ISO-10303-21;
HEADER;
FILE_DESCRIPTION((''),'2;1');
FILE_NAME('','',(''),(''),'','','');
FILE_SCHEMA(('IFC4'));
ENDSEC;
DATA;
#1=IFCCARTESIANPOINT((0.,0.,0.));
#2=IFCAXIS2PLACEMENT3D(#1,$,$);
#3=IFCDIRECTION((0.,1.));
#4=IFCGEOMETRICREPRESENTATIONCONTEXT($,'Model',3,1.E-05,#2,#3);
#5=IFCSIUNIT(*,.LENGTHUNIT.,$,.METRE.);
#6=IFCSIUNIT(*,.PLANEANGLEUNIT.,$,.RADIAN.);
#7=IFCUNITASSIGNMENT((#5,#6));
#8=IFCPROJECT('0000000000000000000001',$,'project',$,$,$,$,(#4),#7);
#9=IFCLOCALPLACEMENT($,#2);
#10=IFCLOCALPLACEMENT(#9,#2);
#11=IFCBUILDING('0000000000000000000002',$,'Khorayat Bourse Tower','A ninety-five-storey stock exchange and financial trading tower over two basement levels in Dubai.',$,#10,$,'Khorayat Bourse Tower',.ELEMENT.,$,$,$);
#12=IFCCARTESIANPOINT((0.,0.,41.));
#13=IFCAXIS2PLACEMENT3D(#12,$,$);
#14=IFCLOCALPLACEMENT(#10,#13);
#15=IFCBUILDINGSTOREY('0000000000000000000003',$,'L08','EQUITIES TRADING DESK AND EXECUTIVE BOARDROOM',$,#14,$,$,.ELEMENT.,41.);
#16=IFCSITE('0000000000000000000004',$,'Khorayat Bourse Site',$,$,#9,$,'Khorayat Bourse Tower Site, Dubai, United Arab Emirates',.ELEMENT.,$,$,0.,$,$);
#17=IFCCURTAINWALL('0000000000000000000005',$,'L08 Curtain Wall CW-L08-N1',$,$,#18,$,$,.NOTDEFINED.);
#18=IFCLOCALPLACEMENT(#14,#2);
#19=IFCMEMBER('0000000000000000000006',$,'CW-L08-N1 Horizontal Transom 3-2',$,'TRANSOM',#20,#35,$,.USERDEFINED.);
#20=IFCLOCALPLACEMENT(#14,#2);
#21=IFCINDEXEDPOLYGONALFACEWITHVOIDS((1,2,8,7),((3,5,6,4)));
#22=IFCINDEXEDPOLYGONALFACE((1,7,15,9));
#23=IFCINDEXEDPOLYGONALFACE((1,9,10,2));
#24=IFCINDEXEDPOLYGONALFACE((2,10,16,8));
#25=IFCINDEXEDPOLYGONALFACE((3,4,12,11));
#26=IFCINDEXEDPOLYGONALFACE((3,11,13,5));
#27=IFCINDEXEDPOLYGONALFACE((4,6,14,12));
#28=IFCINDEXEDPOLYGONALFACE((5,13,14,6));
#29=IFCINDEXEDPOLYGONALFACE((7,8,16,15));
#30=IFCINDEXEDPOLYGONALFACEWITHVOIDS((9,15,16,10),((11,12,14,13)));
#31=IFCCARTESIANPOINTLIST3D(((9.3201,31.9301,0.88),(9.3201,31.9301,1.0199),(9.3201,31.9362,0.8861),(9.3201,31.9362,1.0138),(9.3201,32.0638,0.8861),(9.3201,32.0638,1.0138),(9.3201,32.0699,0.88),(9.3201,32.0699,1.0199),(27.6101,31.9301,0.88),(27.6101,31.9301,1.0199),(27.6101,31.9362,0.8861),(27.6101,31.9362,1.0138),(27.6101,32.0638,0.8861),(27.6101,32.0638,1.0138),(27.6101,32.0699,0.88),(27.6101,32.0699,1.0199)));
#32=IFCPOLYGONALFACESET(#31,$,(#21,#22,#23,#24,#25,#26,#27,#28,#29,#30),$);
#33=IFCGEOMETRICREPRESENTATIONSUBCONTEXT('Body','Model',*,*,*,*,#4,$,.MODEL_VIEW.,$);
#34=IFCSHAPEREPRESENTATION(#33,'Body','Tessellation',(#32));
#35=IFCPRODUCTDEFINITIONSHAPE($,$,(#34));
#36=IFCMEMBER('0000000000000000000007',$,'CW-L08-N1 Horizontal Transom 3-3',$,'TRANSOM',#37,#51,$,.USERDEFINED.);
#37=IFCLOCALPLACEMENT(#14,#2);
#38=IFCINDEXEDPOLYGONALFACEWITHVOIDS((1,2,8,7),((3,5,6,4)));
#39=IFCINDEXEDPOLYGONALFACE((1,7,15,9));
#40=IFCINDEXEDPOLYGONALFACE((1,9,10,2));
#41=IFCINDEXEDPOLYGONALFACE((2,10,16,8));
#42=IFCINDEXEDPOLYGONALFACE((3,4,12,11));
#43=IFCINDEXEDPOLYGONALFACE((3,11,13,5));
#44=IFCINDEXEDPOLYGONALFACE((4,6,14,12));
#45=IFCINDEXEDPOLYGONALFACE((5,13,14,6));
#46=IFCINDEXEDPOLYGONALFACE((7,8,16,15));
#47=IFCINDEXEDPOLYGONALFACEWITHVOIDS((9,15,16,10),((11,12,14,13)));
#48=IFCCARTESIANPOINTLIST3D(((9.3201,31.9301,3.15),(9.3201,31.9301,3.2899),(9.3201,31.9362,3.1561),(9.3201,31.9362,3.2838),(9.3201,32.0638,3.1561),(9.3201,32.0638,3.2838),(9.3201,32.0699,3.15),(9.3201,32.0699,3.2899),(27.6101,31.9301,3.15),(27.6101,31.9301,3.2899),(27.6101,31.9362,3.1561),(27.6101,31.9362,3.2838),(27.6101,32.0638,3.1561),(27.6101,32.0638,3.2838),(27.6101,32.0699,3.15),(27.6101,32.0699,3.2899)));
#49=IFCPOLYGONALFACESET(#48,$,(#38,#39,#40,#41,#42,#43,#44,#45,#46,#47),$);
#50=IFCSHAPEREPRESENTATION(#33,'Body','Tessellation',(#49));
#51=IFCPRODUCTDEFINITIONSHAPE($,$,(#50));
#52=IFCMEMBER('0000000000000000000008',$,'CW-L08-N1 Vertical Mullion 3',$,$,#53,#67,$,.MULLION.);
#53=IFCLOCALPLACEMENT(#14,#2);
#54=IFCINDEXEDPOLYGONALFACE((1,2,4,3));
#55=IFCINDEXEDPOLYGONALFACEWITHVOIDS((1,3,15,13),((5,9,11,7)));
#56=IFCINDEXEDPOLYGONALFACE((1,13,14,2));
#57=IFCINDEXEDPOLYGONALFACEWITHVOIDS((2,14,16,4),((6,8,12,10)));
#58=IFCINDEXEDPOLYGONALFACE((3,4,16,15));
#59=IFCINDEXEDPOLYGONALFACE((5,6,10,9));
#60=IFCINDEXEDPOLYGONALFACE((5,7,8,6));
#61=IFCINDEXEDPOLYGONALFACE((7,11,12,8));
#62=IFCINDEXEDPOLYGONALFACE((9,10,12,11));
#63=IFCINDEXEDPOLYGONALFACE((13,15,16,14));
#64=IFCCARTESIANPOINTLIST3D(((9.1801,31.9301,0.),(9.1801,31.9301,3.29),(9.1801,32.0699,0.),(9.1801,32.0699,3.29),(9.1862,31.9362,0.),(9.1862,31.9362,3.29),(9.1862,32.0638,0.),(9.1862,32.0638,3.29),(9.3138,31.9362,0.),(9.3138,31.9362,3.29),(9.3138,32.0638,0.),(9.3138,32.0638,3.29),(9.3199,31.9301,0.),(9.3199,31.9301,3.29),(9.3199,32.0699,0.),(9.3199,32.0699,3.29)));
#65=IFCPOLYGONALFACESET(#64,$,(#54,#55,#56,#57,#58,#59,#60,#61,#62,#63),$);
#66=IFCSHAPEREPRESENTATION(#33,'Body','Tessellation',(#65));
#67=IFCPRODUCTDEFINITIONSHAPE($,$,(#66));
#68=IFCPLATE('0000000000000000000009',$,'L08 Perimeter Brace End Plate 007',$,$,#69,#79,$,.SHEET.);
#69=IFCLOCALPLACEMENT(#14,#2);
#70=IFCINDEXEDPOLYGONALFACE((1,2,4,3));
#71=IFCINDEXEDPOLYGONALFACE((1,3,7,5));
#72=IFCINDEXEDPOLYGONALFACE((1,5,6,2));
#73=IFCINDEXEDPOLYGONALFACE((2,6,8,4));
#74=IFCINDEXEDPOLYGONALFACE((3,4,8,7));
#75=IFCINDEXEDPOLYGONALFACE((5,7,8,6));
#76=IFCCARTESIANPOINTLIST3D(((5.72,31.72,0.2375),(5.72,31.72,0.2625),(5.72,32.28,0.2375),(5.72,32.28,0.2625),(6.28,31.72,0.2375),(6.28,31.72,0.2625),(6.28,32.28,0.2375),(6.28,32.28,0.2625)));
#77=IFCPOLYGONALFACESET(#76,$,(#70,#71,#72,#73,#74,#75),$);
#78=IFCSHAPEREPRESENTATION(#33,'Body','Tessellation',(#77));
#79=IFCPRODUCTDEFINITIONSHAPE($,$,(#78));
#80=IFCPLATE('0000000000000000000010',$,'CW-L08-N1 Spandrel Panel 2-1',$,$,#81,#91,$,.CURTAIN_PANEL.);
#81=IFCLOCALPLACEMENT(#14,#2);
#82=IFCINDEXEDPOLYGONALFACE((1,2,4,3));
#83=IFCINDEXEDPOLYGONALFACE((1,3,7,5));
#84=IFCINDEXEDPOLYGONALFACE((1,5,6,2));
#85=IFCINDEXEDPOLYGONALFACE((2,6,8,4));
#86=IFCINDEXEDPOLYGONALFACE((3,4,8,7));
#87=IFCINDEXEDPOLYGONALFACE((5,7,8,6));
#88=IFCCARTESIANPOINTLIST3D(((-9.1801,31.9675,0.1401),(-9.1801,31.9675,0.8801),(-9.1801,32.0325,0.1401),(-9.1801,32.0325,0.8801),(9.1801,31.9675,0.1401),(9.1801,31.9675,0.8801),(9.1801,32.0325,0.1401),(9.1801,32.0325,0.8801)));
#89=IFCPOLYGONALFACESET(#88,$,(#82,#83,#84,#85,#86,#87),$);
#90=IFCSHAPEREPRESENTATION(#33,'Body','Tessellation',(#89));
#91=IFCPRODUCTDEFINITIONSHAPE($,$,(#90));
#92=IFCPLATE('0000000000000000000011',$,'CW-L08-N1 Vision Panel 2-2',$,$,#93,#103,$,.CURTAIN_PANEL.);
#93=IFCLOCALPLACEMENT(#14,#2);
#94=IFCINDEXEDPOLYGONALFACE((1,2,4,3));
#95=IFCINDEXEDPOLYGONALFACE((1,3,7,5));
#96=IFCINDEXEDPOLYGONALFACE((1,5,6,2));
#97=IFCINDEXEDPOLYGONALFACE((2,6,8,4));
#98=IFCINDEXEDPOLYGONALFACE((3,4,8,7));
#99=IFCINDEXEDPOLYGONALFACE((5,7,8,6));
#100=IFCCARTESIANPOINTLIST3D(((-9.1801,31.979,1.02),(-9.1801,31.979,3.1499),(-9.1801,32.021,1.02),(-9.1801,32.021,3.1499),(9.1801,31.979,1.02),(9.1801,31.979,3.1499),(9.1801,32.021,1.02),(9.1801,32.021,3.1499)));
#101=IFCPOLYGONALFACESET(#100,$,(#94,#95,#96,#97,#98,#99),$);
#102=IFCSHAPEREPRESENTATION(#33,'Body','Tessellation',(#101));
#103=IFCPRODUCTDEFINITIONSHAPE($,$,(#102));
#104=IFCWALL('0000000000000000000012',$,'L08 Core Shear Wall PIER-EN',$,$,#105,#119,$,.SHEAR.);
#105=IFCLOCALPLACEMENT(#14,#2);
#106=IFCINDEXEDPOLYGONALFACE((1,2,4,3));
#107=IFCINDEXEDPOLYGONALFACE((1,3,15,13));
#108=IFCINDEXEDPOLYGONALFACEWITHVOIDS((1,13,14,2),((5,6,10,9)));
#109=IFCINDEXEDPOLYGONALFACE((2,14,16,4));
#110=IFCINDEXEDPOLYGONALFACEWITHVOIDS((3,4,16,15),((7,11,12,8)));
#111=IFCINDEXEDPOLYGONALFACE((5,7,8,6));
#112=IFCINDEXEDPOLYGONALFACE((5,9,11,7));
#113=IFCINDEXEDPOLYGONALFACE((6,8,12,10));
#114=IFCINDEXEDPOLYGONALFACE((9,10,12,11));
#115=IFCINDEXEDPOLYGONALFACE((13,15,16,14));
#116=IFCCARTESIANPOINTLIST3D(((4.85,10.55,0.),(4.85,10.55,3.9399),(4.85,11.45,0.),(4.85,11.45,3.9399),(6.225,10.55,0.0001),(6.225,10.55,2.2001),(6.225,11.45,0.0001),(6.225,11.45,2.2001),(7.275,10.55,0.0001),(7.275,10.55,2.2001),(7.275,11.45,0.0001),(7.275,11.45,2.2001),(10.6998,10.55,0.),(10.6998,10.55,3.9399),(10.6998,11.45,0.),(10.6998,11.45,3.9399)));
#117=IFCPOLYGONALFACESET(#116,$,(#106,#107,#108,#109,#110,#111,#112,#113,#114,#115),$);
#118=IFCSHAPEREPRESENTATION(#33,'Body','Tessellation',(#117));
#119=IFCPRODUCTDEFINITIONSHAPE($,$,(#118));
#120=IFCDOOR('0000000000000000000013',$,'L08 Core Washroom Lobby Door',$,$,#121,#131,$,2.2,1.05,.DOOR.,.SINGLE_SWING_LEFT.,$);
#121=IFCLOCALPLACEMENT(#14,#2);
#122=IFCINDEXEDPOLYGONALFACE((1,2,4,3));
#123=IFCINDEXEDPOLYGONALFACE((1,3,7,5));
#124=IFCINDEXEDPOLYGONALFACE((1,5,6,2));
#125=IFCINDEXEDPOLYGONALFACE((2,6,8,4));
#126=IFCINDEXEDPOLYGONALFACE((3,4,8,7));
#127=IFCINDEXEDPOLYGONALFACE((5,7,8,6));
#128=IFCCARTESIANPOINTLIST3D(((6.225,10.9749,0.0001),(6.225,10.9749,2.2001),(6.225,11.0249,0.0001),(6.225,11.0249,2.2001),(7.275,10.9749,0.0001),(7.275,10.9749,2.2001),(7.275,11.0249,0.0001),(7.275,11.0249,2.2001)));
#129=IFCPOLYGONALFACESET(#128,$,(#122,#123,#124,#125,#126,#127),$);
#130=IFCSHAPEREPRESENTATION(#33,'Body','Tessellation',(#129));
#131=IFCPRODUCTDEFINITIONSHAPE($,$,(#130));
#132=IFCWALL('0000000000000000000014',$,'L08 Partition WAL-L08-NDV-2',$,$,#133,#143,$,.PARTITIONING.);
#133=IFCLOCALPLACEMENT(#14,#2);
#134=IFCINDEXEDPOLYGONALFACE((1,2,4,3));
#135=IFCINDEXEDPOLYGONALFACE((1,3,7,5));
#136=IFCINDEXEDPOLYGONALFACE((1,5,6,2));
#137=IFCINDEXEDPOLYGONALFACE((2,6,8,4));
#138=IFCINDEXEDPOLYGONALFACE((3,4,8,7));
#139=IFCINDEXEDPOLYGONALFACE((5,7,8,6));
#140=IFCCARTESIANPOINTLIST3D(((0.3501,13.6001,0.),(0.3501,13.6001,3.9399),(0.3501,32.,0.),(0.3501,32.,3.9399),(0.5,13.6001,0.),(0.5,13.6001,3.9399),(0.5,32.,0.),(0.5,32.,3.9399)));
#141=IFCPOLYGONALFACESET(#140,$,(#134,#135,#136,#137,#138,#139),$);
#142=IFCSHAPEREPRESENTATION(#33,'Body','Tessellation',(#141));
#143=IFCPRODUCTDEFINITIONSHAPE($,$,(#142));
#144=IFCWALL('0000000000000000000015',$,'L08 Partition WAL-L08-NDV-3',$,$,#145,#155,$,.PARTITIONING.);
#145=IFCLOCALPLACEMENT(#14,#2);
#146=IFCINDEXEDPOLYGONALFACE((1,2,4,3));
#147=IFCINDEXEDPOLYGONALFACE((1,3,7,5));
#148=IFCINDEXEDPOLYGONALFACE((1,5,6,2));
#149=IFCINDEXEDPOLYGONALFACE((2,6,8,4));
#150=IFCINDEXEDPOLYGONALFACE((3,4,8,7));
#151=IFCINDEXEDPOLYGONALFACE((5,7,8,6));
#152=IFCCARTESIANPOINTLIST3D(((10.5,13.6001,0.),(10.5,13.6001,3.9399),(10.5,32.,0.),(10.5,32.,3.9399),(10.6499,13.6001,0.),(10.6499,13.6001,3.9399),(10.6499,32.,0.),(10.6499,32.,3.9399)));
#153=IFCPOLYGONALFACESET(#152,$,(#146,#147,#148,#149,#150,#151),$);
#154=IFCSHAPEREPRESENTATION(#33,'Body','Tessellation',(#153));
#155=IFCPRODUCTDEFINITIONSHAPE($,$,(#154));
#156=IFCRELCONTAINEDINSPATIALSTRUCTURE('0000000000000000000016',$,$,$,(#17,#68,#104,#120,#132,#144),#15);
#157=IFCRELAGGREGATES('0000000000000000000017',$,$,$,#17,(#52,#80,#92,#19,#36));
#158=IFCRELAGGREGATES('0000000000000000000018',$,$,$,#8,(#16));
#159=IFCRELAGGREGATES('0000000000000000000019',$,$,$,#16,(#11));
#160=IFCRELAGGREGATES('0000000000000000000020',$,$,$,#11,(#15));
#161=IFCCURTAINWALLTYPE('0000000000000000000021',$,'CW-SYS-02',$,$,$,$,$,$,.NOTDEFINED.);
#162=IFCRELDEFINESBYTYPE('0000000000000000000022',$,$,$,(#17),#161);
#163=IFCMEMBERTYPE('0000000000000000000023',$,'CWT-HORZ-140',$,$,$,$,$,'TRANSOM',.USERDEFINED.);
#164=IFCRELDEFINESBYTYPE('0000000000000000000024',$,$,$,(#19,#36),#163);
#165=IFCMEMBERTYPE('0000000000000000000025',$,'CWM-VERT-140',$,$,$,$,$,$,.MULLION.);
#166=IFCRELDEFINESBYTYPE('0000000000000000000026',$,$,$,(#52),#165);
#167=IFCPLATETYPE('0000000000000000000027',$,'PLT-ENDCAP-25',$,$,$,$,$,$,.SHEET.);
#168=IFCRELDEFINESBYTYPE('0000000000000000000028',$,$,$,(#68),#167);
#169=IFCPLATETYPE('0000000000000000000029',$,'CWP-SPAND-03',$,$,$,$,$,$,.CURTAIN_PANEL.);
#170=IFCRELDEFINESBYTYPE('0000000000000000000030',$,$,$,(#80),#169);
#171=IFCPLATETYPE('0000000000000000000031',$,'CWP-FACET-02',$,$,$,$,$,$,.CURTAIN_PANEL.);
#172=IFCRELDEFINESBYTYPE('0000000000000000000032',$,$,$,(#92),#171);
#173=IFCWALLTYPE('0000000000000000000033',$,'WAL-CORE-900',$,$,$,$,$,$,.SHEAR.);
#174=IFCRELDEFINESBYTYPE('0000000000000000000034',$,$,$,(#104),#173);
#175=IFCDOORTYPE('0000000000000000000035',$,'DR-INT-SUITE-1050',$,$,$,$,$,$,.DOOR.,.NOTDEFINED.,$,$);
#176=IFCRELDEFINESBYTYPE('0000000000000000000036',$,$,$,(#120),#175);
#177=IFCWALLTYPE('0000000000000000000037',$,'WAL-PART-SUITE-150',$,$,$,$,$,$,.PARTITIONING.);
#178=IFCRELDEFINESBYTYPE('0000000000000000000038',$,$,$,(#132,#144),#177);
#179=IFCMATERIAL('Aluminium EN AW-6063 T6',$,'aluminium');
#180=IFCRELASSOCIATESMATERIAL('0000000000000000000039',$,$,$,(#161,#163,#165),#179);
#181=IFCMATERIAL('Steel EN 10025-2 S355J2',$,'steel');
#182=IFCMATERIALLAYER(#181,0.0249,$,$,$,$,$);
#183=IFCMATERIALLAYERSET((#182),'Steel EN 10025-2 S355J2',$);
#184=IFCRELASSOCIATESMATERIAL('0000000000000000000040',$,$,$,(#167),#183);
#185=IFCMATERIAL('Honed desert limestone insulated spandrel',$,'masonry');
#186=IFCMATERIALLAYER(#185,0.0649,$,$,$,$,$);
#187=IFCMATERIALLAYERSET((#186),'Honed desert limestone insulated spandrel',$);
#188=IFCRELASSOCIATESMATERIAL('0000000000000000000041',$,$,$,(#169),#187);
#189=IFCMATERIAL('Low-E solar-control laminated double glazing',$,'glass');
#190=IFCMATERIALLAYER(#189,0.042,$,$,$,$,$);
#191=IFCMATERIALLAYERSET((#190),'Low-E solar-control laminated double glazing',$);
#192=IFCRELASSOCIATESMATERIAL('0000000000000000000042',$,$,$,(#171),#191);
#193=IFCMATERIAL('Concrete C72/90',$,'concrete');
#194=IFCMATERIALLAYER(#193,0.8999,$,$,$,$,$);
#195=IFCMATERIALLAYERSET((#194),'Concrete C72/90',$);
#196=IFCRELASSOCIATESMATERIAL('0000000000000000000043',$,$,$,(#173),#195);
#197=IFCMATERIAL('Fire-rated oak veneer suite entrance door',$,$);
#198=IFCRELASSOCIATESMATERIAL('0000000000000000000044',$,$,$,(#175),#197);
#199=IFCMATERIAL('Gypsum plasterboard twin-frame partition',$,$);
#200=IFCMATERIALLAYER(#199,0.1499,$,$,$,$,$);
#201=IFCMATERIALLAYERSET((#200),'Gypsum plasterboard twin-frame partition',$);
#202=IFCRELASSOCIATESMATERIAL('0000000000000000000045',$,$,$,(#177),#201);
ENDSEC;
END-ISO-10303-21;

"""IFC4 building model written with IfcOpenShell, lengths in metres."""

from ifc_helpers import new_model, si_unit, direction, frame, frame_2d, origin, origin_2d, place, context, subcontext, project, spatial, rectangle, hollow_rectangle, extrude, source, transform, mapped, material, layer, layer_set, material_profile, profile_set, type_object, element, fill, aggregate, save


model = new_model("IFC4")

# Units and contexts
model_context = context("Model", 3, precision=1e-05, world=origin(), true_north=direction((0.0, 1.0)))
body_context = subcontext(model_context, "Body", "Model", "MODEL_VIEW")
ifc_project = project(units=[si_unit("LENGTHUNIT", "METRE"), si_unit("PLANEANGLEUNIT", "RADIAN")], contexts=[model_context])

# Site, building, storey
site_placement = place(None, origin())
site = spatial("IfcSite", under=ifc_project, at=site_placement, Name="Khorayat Bourse Site", LongName="Khorayat Bourse Tower Site, Dubai, United Arab Emirates", CompositionType="ELEMENT", RefElevation=0.0)
building_placement = place(site_placement, origin())
building = spatial("IfcBuilding", under=site, at=building_placement, Name="Khorayat Bourse Tower", Description="A ninety-five-storey stock exchange and financial trading tower over two basement levels in Dubai.", LongName="Khorayat Bourse Tower", CompositionType="ELEMENT")
storey_placement = place(building_placement, frame((0.0, 0.0, 41.0)))
storey = spatial("IfcBuildingStorey", under=building, at=storey_placement, Name="L08", Description="EQUITIES TRADING DESK AND EXECUTIVE BOARDROOM", CompositionType="ELEMENT", Elevation=41.0)

# Shared definitions
ifc_material_1 = material(Name="Concrete C72/90", Category="concrete")

# Curtain wall, members
ifc_material_2 = material(Name="Aluminium EN AW-6063 T6", Category="aluminium")
curtain_wall_type = type_object("IfcCurtainWallType", Name="CW-SYS-02", PredefinedType="NOTDEFINED", material=ifc_material_2)
curtain_wall_placement = place(storey_placement, origin())
curtain_wall = element("IfcCurtainWall", 1, at=curtain_wall_placement, inside=storey, type_object=curtain_wall_type, Name="L08 Curtain Wall CW-L08-N1", PredefinedType="NOTDEFINED")
ifc_material_profile_1 = material_profile(ifc_material_2, hollow_rectangle(XDim=0.1399, YDim=0.1399, WallThickness=0.0061, at=origin_2d()), Name="ALU 140x140x6")
ifc_profile_set_1 = profile_set([ifc_material_profile_1], Name="Aluminium EN AW-6063 T6")
member_type_1 = type_object("IfcMemberType", Name="CWT-HORZ-140", ElementType="TRANSOM", PredefinedType="USERDEFINED", material=ifc_profile_set_1)
shared_shape_1 = source(origin(), body_context, "Body", "SweptSolid", [
    extrude(hollow_rectangle(XDim=0.1399, YDim=0.1399, WallThickness=0.0061, at=origin_2d()), origin(), (0.0, 0.0, 1.0), 18.29),
])
member_1_placement = place(storey_placement, frame((9.3201, 32.0, 0.95), z_axis=(1.0, 0.0, 0.0), x_axis=(0.0, 1.0, 0.0)))
member_1 = element("IfcMember", 2, at=member_1_placement, type_object=member_type_1, Name="CW-L08-N1 Horizontal Transom 3-2", ObjectType="TRANSOM", PredefinedType="USERDEFINED", context=body_context, shape_type="MappedRepresentation", body=[
    mapped(shared_shape_1, transform((0.0, 0.0, 0.0), scale=1.0)),
])
member_2_placement = place(storey_placement, frame((9.3201, 32.0, 3.22), z_axis=(1.0, 0.0, 0.0), x_axis=(0.0, 1.0, 0.0)))
member_2 = element("IfcMember", 3, at=member_2_placement, type_object=member_type_1, Name="CW-L08-N1 Horizontal Transom 3-3", ObjectType="TRANSOM", PredefinedType="USERDEFINED", context=body_context, shape_type="MappedRepresentation", body=[
    mapped(shared_shape_1, transform((0.0, 0.0, 0.0), scale=1.0)),
])
ifc_material_profile_2 = material_profile(ifc_material_2, hollow_rectangle(XDim=0.1399, YDim=0.1399, WallThickness=0.0061, at=origin_2d()), Name="ALU 140x140x6")
ifc_profile_set_2 = profile_set([ifc_material_profile_2], Name="Aluminium EN AW-6063 T6")
member_type_2 = type_object("IfcMemberType", Name="CWM-VERT-140", PredefinedType="MULLION", material=ifc_profile_set_2)
shared_shape_2 = source(origin(), body_context, "Body", "SweptSolid", [
    extrude(hollow_rectangle(XDim=0.1399, YDim=0.1399, WallThickness=0.0061, at=origin_2d()), origin(), (0.0, 0.0, 1.0), 3.29),
])
member_3_placement = place(storey_placement, frame((9.25, 32.0, 0.0), z_axis=(0.0, 0.0, 1.0), x_axis=(0.0, 1.0, 0.0)))
member_3 = element("IfcMember", 4, at=member_3_placement, type_object=member_type_2, Name="CW-L08-N1 Vertical Mullion 3", PredefinedType="MULLION", context=body_context, shape_type="MappedRepresentation", body=[
    mapped(shared_shape_2, transform((0.0, 0.0, 0.0), scale=1.0)),
])

# Plates
ifc_material_3 = material(Name="Steel EN 10025-2 S355J2", Category="steel")
ifc_layer_1 = layer(ifc_material_3, 0.0249)
ifc_layer_set_1 = layer_set([ifc_layer_1], Name="Steel EN 10025-2 S355J2")
plate_type_1 = type_object("IfcPlateType", Name="PLT-ENDCAP-25", PredefinedType="SHEET", material=ifc_layer_set_1)
shared_shape_3 = source(origin(), body_context, "Body", "SweptSolid", [
    extrude(rectangle(XDim=0.5601, YDim=0.5601, at=origin_2d()), origin(), (0.0, 0.0, 1.0), 0.0249),
])
plate_1_placement = place(storey_placement, frame((6.0, 32.0, 0.2375), z_axis=(0.0, 0.0, 1.0), x_axis=(1.0, 0.0, 0.0)))
element("IfcPlate", 5, at=plate_1_placement, inside=storey, type_object=plate_type_1, Name="L08 Perimeter Brace End Plate 007", PredefinedType="SHEET", context=body_context, shape_type="MappedRepresentation", body=[
    mapped(shared_shape_3, transform((0.0, 0.0, 0.0), scale=1.0)),
])
ifc_material_4 = material(Name="Honed desert limestone insulated spandrel", Category="masonry")
ifc_layer_2 = layer(ifc_material_4, 0.0649)
ifc_layer_set_2 = layer_set([ifc_layer_2], Name="Honed desert limestone insulated spandrel")
plate_type_2 = type_object("IfcPlateType", Name="CWP-SPAND-03", PredefinedType="CURTAIN_PANEL", material=ifc_layer_set_2)
shared_shape_4 = source(origin(), body_context, "Body", "SweptSolid", [
    extrude(rectangle(XDim=18.3601, YDim=0.0649, at=origin_2d()), origin(), (0.0, 0.0, 1.0), 0.74),
])
plate_2_placement = place(storey_placement, frame((0.0, 32.0, 0.1401), z_axis=(0.0, 0.0, 1.0), x_axis=(1.0, 0.0, 0.0)))
plate_2 = element("IfcPlate", 6, at=plate_2_placement, type_object=plate_type_2, Name="CW-L08-N1 Spandrel Panel 2-1", PredefinedType="CURTAIN_PANEL", context=body_context, shape_type="MappedRepresentation", body=[
    mapped(shared_shape_4, transform((0.0, 0.0, 0.0), scale=1.0)),
])
ifc_material_5 = material(Name="Low-E solar-control laminated double glazing", Category="glass")
ifc_layer_3 = layer(ifc_material_5, 0.042)
ifc_layer_set_3 = layer_set([ifc_layer_3], Name="Low-E solar-control laminated double glazing")
plate_type_3 = type_object("IfcPlateType", Name="CWP-FACET-02", PredefinedType="CURTAIN_PANEL", material=ifc_layer_set_3)
shared_shape_5 = source(origin(), body_context, "Body", "SweptSolid", [
    extrude(rectangle(XDim=18.3601, YDim=0.042, at=origin_2d()), origin(), (0.0, 0.0, 1.0), 2.1299),
])
plate_3_placement = place(storey_placement, frame((0.0, 32.0, 1.02), z_axis=(0.0, 0.0, 1.0), x_axis=(1.0, 0.0, 0.0)))
plate_3 = element("IfcPlate", 7, at=plate_3_placement, type_object=plate_type_3, Name="CW-L08-N1 Vision Panel 2-2", PredefinedType="CURTAIN_PANEL", context=body_context, shape_type="MappedRepresentation", body=[
    mapped(shared_shape_5, transform((0.0, 0.0, 0.0), scale=1.0)),
])
aggregate(curtain_wall, [member_3, plate_2, plate_3, member_1, member_2])

# Wall, opening, door
ifc_layer_4 = layer(ifc_material_1, 0.8999)
ifc_layer_set_4 = layer_set([ifc_layer_4], Name="Concrete C72/90")
wall_type_1 = type_object("IfcWallType", Name="WAL-CORE-900", PredefinedType="SHEAR", material=ifc_layer_set_4)
shared_shape_6 = source(origin(), body_context, "Body", "SweptSolid", [
    extrude(rectangle(XDim=5.8499, YDim=0.8999, at=frame_2d((2.9248, 0.0))), origin(), (0.0, 0.0, 1.0), 3.9399),
])
wall_1_placement = place(storey_placement, frame((4.8501, 11.0, 0.0), z_axis=(0.0, 0.0, 1.0), x_axis=(1.0, 0.0, 0.0)))
wall_1 = element("IfcWall", 8, at=wall_1_placement, inside=storey, type_object=wall_type_1, Name="L08 Core Shear Wall PIER-EN", PredefinedType="SHEAR", context=body_context, shape_type="MappedRepresentation", body=[
    mapped(shared_shape_6, transform((0.0, 0.0, 0.0), scale=1.0)),
])
shared_shape_7 = source(origin(), body_context, "Body", "SweptSolid", [
    extrude(rectangle(XDim=1.05, YDim=2.2, at=frame_2d((0.5249, 1.1001))), frame((0.0, 0.46, 0.0), z_axis=(0.0, -1.0, 0.0), x_axis=(1.0, 0.0, 0.0)), (0.0, 0.0, 1.0), 0.9199),
])
opening_1_placement = place(wall_1_placement, frame((1.375, 0.0, 0.0)))
opening_1 = element("IfcOpeningElement", 9, at=opening_1_placement, cuts=wall_1, PredefinedType="OPENING", context=body_context, shape_type="MappedRepresentation", body=[
    mapped(shared_shape_7, transform((0.0, 0.0, 0.0), scale=1.0)),
])
ifc_material_6 = material(Name="Fire-rated oak veneer suite entrance door")
door_type_1 = type_object("IfcDoorType", Name="DR-INT-SUITE-1050", OperationType="NOTDEFINED", PredefinedType="DOOR", material=ifc_material_6)
shared_shape_8 = source(origin(), body_context, "Body", "SweptSolid", [
    extrude(rectangle(XDim=1.05, YDim=2.2, at=frame_2d((0.5249, 1.1001))), frame((0.0, 0.0249, 0.0), z_axis=(0.0, -1.0, 0.0), x_axis=(1.0, 0.0, 0.0)), (0.0, 0.0, 1.0), 0.05),
])
door_1_placement = place(opening_1_placement, origin())
door_1 = element("IfcDoor", 10, at=door_1_placement, inside=storey, type_object=door_type_1, Name="L08 Core Washroom Lobby Door", OperationType="SINGLE_SWING_LEFT", OverallHeight=2.2, OverallWidth=1.05, PredefinedType="DOOR", context=body_context, shape_type="MappedRepresentation", body=[
    mapped(shared_shape_8, transform((0.0, 0.0, 0.0), scale=1.0)),
])
fill(opening_1, door_1)

# Walls
ifc_material_7 = material(Name="Gypsum plasterboard twin-frame partition")
ifc_layer_5 = layer(ifc_material_7, 0.1499)
ifc_layer_set_5 = layer_set([ifc_layer_5], Name="Gypsum plasterboard twin-frame partition")
wall_type_2 = type_object("IfcWallType", Name="WAL-PART-SUITE-150", PredefinedType="PARTITIONING", material=ifc_layer_set_5)
shared_shape_9 = source(origin(), body_context, "Body", "SweptSolid", [
    extrude(rectangle(XDim=18.3999, YDim=0.1499, at=frame_2d((9.2, 0.0))), origin(), (0.0, 0.0, 1.0), 3.9399),
])
for number, where, z_axis, x_axis, name in (
    (11, (0.425, 13.6001, 0.0), (0.0, 0.0, 1.0), (0.0, 1.0, 0.0), "L08 Partition WAL-L08-NDV-2"),
    (12, (10.575, 13.6001, 0.0), (0.0, 0.0, 1.0), (0.0, 1.0, 0.0), "L08 Partition WAL-L08-NDV-3"),
):
    element("IfcWall", number, at=place(storey_placement, frame(where, z_axis=z_axis, x_axis=x_axis)), inside=storey, type_object=wall_type_2, Name=name, PredefinedType="PARTITIONING", context=body_context, shape_type="MappedRepresentation", body=[
        mapped(shared_shape_9, transform((0.0, 0.0, 0.0), scale=1.0)),
    ])

save(model, "model.ifc")
